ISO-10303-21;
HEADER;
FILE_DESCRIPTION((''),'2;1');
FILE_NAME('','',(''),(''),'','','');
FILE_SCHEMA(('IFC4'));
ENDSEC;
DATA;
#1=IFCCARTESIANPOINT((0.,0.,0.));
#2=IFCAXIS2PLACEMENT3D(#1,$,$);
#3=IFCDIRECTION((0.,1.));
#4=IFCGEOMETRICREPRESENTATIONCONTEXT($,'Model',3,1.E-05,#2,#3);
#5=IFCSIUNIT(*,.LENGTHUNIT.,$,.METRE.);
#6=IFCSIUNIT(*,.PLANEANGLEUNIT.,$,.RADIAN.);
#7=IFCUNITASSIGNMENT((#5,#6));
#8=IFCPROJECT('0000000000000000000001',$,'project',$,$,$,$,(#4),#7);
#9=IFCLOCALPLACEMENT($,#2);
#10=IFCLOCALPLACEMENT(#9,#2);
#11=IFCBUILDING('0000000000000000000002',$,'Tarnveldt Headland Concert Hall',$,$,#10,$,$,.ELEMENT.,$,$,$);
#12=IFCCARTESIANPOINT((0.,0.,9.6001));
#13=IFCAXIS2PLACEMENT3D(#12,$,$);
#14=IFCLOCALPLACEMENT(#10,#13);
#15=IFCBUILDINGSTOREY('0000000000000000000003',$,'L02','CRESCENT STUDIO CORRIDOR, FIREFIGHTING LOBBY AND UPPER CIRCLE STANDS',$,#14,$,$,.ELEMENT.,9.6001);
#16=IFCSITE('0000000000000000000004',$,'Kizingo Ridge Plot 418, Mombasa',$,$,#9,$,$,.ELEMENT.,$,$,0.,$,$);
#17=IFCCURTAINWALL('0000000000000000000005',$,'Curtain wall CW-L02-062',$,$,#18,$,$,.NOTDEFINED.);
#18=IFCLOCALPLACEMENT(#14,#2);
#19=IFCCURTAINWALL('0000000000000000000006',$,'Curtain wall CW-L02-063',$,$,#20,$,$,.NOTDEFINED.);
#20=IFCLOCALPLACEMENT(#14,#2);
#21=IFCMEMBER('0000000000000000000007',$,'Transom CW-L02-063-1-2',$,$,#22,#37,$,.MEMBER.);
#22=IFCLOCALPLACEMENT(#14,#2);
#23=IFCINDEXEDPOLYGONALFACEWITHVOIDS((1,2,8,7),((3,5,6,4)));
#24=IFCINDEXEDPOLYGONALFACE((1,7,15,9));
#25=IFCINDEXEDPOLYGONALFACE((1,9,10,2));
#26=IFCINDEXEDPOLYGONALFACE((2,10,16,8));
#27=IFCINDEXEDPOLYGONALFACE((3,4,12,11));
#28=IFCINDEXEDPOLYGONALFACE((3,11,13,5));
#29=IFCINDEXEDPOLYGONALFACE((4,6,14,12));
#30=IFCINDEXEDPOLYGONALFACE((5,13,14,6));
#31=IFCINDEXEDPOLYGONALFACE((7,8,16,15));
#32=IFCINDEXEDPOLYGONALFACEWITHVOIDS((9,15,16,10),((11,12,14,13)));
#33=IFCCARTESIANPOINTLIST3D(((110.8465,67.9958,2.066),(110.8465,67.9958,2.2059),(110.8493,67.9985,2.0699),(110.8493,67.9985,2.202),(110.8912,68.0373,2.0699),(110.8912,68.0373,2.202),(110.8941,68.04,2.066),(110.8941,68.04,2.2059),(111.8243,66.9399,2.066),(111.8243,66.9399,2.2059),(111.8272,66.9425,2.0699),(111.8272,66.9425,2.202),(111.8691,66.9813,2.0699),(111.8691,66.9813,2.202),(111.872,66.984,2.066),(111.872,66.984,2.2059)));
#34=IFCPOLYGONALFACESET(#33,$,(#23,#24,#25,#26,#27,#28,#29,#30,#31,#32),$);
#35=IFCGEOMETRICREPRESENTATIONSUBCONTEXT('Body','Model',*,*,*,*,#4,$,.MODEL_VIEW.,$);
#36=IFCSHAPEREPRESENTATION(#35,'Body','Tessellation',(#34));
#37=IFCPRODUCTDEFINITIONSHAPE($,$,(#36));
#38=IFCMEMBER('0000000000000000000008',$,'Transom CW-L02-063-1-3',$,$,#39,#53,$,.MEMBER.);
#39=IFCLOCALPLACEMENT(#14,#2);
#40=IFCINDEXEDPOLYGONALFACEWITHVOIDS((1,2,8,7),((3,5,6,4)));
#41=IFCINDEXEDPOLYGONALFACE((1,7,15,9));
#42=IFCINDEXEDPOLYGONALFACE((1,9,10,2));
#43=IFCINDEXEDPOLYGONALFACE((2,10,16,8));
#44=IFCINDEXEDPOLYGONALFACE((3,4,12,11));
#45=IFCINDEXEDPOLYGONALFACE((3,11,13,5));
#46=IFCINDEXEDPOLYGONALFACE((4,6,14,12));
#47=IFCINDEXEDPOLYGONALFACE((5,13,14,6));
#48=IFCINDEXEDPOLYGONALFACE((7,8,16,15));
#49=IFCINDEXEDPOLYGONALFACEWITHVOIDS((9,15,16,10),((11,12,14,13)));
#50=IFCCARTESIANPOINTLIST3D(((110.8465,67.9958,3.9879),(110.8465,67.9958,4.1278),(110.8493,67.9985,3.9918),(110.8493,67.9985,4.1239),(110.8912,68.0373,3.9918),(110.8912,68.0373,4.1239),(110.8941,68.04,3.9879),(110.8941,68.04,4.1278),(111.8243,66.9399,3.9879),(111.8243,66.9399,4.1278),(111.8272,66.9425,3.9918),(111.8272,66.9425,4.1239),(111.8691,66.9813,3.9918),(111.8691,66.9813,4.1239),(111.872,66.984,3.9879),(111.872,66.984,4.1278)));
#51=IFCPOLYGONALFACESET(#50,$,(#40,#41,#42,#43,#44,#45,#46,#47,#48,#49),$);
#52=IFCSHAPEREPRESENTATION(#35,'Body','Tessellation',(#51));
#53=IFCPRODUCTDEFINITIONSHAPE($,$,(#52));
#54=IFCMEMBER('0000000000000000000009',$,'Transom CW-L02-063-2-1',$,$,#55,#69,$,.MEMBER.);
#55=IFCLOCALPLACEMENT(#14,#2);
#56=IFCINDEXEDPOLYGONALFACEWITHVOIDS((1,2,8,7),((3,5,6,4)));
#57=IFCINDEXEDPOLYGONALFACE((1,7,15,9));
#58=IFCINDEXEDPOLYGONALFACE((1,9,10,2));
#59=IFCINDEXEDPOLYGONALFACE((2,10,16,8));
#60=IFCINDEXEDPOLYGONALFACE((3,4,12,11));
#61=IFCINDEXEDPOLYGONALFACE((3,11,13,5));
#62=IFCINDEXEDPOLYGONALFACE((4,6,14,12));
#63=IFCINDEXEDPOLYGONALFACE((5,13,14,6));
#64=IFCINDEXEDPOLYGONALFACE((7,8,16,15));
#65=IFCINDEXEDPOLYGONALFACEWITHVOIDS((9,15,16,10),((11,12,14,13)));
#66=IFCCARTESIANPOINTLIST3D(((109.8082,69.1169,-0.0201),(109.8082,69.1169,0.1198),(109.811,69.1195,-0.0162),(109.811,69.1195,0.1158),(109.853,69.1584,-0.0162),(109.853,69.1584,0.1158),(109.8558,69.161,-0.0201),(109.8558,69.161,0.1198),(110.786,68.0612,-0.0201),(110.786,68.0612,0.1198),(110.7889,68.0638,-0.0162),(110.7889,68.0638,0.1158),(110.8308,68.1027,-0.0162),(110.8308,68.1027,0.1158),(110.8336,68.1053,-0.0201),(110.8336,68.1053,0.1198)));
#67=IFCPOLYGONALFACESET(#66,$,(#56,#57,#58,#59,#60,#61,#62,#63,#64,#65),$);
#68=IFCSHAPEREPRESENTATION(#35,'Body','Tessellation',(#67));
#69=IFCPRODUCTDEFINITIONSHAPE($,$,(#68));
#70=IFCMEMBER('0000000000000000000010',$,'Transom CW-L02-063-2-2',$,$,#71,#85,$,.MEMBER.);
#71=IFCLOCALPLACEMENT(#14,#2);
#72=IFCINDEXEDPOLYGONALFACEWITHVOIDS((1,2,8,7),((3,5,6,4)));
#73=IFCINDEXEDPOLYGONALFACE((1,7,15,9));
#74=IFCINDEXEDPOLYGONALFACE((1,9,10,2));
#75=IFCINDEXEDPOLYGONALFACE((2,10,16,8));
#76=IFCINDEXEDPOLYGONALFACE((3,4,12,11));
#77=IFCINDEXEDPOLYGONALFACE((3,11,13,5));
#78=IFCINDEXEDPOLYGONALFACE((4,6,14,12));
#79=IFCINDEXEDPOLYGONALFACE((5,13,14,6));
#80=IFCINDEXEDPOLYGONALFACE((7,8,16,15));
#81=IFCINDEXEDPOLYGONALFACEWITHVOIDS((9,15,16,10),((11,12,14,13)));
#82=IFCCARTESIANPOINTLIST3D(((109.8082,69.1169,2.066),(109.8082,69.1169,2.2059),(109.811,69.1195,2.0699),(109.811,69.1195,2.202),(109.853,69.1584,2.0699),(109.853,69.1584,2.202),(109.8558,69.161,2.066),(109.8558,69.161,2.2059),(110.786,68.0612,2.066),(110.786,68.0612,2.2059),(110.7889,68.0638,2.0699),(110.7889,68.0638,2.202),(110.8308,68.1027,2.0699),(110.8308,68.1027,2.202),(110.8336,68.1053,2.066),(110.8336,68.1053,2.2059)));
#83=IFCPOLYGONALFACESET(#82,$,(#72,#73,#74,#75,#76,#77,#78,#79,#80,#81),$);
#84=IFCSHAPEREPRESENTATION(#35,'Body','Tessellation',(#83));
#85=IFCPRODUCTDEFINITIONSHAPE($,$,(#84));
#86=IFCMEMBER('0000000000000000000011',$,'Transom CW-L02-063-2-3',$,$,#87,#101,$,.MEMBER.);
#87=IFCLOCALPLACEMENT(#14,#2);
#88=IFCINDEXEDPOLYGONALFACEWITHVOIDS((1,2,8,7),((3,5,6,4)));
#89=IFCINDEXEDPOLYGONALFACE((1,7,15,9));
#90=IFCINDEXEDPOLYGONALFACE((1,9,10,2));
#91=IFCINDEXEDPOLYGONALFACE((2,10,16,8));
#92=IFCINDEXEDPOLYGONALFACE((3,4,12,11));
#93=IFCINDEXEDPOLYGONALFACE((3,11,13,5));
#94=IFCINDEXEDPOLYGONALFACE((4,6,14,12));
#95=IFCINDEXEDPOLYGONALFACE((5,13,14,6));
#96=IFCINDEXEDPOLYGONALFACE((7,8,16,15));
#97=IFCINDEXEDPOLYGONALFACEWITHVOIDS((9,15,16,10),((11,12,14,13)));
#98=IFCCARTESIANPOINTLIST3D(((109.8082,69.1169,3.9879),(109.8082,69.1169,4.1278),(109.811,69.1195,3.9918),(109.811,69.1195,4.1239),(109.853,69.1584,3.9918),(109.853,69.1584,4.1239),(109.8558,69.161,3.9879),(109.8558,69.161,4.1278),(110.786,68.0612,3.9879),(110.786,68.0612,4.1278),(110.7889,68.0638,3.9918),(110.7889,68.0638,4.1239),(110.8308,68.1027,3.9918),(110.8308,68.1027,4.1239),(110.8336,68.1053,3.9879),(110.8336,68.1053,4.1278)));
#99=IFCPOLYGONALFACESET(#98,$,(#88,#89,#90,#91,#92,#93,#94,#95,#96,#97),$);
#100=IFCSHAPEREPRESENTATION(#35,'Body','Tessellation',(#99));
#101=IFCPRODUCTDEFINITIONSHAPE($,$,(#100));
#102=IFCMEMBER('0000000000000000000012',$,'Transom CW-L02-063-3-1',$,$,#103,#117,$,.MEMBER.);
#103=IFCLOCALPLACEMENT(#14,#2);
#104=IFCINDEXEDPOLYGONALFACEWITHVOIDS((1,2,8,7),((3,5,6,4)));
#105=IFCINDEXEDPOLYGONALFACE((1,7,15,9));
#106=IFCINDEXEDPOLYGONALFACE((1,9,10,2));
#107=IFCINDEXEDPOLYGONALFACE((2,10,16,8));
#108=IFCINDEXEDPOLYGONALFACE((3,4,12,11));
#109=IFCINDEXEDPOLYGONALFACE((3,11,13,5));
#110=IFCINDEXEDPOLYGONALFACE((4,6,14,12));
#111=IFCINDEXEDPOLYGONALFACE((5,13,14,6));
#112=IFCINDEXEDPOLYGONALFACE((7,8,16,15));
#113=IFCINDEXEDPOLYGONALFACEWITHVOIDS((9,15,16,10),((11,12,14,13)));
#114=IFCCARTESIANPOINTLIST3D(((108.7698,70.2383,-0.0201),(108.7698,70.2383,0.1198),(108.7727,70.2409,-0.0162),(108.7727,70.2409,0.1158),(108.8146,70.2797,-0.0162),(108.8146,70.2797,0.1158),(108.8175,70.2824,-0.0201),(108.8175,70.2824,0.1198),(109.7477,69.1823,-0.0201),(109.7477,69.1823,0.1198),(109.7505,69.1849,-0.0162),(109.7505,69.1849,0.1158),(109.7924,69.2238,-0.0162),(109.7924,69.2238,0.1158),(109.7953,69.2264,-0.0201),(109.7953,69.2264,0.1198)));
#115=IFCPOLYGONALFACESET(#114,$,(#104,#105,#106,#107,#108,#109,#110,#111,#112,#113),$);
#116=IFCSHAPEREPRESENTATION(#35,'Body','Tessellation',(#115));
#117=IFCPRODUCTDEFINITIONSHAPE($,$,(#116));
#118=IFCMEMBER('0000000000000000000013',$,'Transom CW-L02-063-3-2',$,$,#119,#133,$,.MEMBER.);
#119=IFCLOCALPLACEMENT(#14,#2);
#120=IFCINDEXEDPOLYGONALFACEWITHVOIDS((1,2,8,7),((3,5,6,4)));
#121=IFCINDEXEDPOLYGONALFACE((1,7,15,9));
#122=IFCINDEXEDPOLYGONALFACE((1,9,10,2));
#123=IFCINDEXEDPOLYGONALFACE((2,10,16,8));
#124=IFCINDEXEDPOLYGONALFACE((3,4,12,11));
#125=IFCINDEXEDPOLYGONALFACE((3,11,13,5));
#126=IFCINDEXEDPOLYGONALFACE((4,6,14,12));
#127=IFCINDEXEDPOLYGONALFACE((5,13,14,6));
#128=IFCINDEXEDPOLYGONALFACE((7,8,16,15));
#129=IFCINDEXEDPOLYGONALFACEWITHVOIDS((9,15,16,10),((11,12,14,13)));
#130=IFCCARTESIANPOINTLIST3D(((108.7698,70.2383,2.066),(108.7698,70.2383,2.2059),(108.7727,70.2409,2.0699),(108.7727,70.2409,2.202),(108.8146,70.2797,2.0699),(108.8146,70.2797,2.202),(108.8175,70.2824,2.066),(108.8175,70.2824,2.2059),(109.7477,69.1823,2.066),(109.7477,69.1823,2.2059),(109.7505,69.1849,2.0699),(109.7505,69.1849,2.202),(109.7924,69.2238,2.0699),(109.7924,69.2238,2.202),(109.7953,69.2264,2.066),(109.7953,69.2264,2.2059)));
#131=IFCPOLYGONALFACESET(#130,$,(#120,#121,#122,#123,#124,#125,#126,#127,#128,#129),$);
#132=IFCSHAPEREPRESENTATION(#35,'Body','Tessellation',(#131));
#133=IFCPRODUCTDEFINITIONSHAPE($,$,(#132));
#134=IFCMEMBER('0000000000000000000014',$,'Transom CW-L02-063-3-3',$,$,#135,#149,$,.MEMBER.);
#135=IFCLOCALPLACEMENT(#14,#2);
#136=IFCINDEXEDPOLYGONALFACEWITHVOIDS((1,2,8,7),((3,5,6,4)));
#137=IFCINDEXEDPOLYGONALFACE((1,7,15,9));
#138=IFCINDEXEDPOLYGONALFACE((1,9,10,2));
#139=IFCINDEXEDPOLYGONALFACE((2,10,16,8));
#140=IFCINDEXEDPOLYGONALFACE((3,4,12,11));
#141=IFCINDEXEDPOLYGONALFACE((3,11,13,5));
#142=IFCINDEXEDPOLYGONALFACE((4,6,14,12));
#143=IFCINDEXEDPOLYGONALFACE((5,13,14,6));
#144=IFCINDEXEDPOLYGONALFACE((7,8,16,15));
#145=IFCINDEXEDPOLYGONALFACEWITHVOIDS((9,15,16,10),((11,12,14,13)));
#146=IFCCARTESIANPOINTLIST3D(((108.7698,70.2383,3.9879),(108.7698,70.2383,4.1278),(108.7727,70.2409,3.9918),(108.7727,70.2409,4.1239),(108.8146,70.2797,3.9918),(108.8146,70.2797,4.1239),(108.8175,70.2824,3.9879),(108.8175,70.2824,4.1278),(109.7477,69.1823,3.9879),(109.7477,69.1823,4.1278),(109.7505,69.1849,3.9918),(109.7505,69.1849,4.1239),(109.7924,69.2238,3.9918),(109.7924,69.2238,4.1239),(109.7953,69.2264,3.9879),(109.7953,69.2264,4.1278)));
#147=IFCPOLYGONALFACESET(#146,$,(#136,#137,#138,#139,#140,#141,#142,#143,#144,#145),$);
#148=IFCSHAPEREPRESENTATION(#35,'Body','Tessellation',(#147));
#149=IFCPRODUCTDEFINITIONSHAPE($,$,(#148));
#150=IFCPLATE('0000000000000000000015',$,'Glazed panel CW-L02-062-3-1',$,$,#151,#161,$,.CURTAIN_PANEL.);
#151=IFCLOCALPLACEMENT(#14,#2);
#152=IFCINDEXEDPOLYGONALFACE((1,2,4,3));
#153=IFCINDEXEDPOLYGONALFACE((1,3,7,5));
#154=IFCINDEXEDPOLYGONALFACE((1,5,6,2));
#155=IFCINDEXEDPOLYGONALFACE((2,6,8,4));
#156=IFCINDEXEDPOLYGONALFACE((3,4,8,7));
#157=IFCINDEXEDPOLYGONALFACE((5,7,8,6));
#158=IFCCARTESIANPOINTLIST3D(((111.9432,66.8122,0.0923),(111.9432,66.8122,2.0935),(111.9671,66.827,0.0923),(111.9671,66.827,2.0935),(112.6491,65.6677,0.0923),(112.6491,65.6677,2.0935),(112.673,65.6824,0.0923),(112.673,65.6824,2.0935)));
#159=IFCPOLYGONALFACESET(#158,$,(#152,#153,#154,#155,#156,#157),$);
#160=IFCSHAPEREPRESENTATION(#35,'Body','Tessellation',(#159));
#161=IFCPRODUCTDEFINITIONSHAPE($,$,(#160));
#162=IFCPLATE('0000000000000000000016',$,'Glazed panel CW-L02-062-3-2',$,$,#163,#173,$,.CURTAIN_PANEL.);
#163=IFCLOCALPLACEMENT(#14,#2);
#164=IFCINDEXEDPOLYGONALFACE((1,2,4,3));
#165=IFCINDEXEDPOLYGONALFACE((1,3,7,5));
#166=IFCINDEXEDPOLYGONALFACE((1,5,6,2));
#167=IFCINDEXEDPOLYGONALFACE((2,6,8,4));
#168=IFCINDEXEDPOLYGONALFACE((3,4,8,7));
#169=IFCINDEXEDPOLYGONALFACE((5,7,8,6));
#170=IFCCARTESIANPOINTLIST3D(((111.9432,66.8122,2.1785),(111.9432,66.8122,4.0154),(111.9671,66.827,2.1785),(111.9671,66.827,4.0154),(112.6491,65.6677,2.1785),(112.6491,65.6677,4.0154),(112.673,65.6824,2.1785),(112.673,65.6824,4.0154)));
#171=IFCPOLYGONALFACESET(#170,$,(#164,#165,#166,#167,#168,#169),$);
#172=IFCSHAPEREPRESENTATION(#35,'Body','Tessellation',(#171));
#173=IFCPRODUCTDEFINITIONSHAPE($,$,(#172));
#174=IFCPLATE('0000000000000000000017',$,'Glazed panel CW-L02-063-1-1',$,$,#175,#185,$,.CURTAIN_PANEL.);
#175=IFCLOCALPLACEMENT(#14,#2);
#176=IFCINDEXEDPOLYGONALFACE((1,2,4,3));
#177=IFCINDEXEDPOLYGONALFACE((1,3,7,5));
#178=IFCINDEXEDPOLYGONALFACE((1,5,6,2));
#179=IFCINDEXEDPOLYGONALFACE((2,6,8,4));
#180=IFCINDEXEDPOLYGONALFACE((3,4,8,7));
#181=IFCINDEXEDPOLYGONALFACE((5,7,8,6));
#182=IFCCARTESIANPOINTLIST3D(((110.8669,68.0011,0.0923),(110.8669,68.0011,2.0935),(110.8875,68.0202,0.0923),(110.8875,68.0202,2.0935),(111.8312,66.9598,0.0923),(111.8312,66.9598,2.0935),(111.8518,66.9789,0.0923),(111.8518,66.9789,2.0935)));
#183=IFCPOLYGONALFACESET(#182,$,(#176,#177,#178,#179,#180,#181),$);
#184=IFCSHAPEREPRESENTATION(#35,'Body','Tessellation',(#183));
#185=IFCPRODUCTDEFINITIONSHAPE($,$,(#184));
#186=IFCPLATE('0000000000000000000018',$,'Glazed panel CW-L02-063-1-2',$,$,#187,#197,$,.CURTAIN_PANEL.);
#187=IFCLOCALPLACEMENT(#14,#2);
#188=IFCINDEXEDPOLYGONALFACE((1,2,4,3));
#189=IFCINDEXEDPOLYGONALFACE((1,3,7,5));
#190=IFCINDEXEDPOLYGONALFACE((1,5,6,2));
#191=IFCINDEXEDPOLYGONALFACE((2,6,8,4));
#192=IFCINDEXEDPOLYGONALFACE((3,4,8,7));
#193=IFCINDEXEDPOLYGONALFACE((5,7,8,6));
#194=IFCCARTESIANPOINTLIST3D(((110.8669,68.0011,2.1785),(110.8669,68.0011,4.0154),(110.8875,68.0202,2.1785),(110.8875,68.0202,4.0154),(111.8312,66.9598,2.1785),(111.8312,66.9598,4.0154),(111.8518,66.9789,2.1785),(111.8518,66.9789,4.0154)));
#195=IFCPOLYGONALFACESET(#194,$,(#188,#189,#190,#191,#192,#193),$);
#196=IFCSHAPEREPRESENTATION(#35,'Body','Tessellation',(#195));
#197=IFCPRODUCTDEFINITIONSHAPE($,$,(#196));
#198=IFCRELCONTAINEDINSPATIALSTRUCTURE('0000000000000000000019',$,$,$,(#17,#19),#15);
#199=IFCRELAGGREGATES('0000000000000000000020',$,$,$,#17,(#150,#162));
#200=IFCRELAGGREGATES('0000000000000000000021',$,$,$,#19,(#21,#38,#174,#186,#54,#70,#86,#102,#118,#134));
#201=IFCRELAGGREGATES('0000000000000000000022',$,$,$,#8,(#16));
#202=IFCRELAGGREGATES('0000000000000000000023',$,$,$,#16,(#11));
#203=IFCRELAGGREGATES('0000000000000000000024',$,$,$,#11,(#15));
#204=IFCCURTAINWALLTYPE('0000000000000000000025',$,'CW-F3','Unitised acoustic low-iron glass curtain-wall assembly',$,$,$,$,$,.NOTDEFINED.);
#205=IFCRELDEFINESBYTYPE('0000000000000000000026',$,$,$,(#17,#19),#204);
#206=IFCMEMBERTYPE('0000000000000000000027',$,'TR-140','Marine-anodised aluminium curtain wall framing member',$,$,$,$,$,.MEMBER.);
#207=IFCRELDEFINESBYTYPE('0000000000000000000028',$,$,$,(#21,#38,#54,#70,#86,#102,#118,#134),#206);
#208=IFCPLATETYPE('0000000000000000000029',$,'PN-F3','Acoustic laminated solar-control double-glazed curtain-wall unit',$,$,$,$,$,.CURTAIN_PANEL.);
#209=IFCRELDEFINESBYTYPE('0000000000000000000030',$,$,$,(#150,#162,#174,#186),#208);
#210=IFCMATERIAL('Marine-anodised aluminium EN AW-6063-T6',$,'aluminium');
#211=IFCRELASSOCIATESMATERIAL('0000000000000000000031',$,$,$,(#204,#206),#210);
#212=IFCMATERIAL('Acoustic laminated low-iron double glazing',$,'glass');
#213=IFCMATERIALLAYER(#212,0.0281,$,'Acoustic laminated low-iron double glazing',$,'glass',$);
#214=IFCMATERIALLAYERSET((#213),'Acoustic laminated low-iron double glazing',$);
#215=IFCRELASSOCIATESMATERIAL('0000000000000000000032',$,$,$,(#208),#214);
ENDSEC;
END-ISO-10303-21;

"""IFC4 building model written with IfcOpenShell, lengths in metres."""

from ifc_helpers import new_model, si_unit, direction, frame, origin, origin_2d, place, context, subcontext, project, spatial, rectangle, hollow_rectangle, extrude, material, layer, layer_set, material_profile, profile_set, type_object, element, aggregate, save


model = new_model("IFC4")

# Units and contexts
model_context = context("Model", 3, precision=1e-05, world=origin(), true_north=direction((0.0, 1.0)))
body_context = subcontext(model_context, "Body", "Model", "MODEL_VIEW")
ifc_project = project(units=[si_unit("LENGTHUNIT", "METRE"), si_unit("PLANEANGLEUNIT", "RADIAN")], contexts=[model_context])

# Site, building, storey
site_placement = place(None, origin())
site = spatial("IfcSite", under=ifc_project, at=site_placement, Name="Kizingo Ridge Plot 418, Mombasa", CompositionType="ELEMENT", RefElevation=0.0)
building_placement = place(site_placement, origin())
building = spatial("IfcBuilding", under=site, at=building_placement, Name="Tarnveldt Headland Concert Hall", CompositionType="ELEMENT")
storey_placement = place(building_placement, frame((0.0, 0.0, 9.6001)))
storey = spatial("IfcBuildingStorey", under=building, at=storey_placement, Name="L02", Description="CRESCENT STUDIO CORRIDOR, FIREFIGHTING LOBBY AND UPPER CIRCLE STANDS", CompositionType="ELEMENT", Elevation=9.6001)

# Curtain wall
ifc_material_1 = material(Name="Marine-anodised aluminium EN AW-6063-T6", Category="aluminium")
curtain_wall_type = type_object("IfcCurtainWallType", Name="CW-F3", Description="Unitised acoustic low-iron glass curtain-wall assembly", PredefinedType="NOTDEFINED", material=ifc_material_1)
curtain_wall_1_placement = place(storey_placement, origin())
curtain_wall_1 = element("IfcCurtainWall", 1, at=curtain_wall_1_placement, inside=storey, type_object=curtain_wall_type, Name="Curtain wall CW-L02-062", PredefinedType="NOTDEFINED")

# Curtain wall
curtain_wall_2_placement = place(storey_placement, origin())
curtain_wall_2 = element("IfcCurtainWall", 2, at=curtain_wall_2_placement, inside=storey, type_object=curtain_wall_type, Name="Curtain wall CW-L02-063", PredefinedType="NOTDEFINED")

# Members
ifc_material_profile_1 = material_profile(ifc_material_1, hollow_rectangle(XDim=0.0649, YDim=0.1399, WallThickness=0.0039, at=origin_2d()), Name="ALU TRANSOM 65x140x4", Category="aluminium")
ifc_profile_set_1 = profile_set([ifc_material_profile_1], Name="Marine-anodised aluminium EN AW-6063-T6")
member_type_1 = type_object("IfcMemberType", Name="TR-140", Description="Marine-anodised aluminium curtain wall framing member", PredefinedType="MEMBER", material=ifc_profile_set_1)
member_1_placement = place(storey_placement, frame((111.8481, 66.9619, 2.136), z_axis=(-0.679442, 0.733729, 0.0), x_axis=(-0.733729, -0.679442, 0.0)))
member_1 = element("IfcMember", 3, at=member_1_placement, type_object=member_type_1, Name="Transom CW-L02-063-1-2", PredefinedType="MEMBER", context=body_context, shape_type="SweptSolid", body=[
    extrude(hollow_rectangle(XDim=0.0649, YDim=0.1399, WallThickness=0.0039, at=origin_2d()), origin(), (0.0, 0.0, 1.0), 1.4392),
])
member_2_placement = place(storey_placement, frame((111.8481, 66.9619, 4.0579), z_axis=(-0.679442, 0.733729, 0.0), x_axis=(-0.733729, -0.679442, 0.0)))
member_2 = element("IfcMember", 4, at=member_2_placement, type_object=member_type_1, Name="Transom CW-L02-063-1-3", PredefinedType="MEMBER", context=body_context, shape_type="SweptSolid", body=[
    extrude(hollow_rectangle(XDim=0.0649, YDim=0.1399, WallThickness=0.0039, at=origin_2d()), origin(), (0.0, 0.0, 1.0), 1.4392),
])
member_3_placement = place(storey_placement, frame((110.8098, 68.0833, 0.0498), z_axis=(-0.679526, 0.733651, 0.0), x_axis=(-0.733651, -0.679526, 0.0)))
member_3 = element("IfcMember", 5, at=member_3_placement, type_object=member_type_1, Name="Transom CW-L02-063-2-1", PredefinedType="MEMBER", context=body_context, shape_type="SweptSolid", body=[
    extrude(hollow_rectangle(XDim=0.0649, YDim=0.1399, WallThickness=0.0039, at=origin_2d()), origin(), (0.0, 0.0, 1.0), 1.439),
])
member_4_placement = place(storey_placement, frame((110.8098, 68.0833, 2.136), z_axis=(-0.679526, 0.733651, 0.0), x_axis=(-0.733651, -0.679526, 0.0)))
member_4 = element("IfcMember", 6, at=member_4_placement, type_object=member_type_1, Name="Transom CW-L02-063-2-2", PredefinedType="MEMBER", context=body_context, shape_type="SweptSolid", body=[
    extrude(hollow_rectangle(XDim=0.0649, YDim=0.1399, WallThickness=0.0039, at=origin_2d()), origin(), (0.0, 0.0, 1.0), 1.439),
])
member_5_placement = place(storey_placement, frame((110.8098, 68.0833, 4.0579), z_axis=(-0.679526, 0.733651, 0.0), x_axis=(-0.733651, -0.679526, 0.0)))
member_5 = element("IfcMember", 7, at=member_5_placement, type_object=member_type_1, Name="Transom CW-L02-063-2-3", PredefinedType="MEMBER", context=body_context, shape_type="SweptSolid", body=[
    extrude(hollow_rectangle(XDim=0.0649, YDim=0.1399, WallThickness=0.0039, at=origin_2d()), origin(), (0.0, 0.0, 1.0), 1.439),
])
member_6_placement = place(storey_placement, frame((109.7715, 69.2043, 0.0498), z_axis=(-0.679442, 0.733729, 0.0), x_axis=(-0.733729, -0.679442, 0.0)))
member_6 = element("IfcMember", 8, at=member_6_placement, type_object=member_type_1, Name="Transom CW-L02-063-3-1", PredefinedType="MEMBER", context=body_context, shape_type="SweptSolid", body=[
    extrude(hollow_rectangle(XDim=0.0649, YDim=0.1399, WallThickness=0.0039, at=origin_2d()), origin(), (0.0, 0.0, 1.0), 1.4392),
])
member_7_placement = place(storey_placement, frame((109.7715, 69.2043, 2.136), z_axis=(-0.679442, 0.733729, 0.0), x_axis=(-0.733729, -0.679442, 0.0)))
member_7 = element("IfcMember", 9, at=member_7_placement, type_object=member_type_1, Name="Transom CW-L02-063-3-2", PredefinedType="MEMBER", context=body_context, shape_type="SweptSolid", body=[
    extrude(hollow_rectangle(XDim=0.0649, YDim=0.1399, WallThickness=0.0039, at=origin_2d()), origin(), (0.0, 0.0, 1.0), 1.4392),
])
member_8_placement = place(storey_placement, frame((109.7715, 69.2043, 4.0579), z_axis=(-0.679442, 0.733729, 0.0), x_axis=(-0.733729, -0.679442, 0.0)))
member_8 = element("IfcMember", 10, at=member_8_placement, type_object=member_type_1, Name="Transom CW-L02-063-3-3", PredefinedType="MEMBER", context=body_context, shape_type="SweptSolid", body=[
    extrude(hollow_rectangle(XDim=0.0649, YDim=0.1399, WallThickness=0.0039, at=origin_2d()), origin(), (0.0, 0.0, 1.0), 1.4392),
])

# Plates
ifc_material_2 = material(Name="Acoustic laminated low-iron double glazing", Category="glass")
ifc_layer_1 = layer(ifc_material_2, 0.0281, Name="Acoustic laminated low-iron double glazing", Category="glass")
ifc_layer_set_1 = layer_set([ifc_layer_1], Name="Acoustic laminated low-iron double glazing")
plate_type = type_object("IfcPlateType", Name="PN-F3", Description="Acoustic laminated solar-control double-glazed curtain-wall unit", PredefinedType="CURTAIN_PANEL", material=ifc_layer_set_1)
plate_1_placement = place(storey_placement, frame((112.3081, 66.2473, 0.0923), z_axis=(0.0, 0.0, 1.0), x_axis=(-0.524922, 0.85115, 0.0)))
plate_1 = element("IfcPlate", 11, at=plate_1_placement, type_object=plate_type, Name="Glazed panel CW-L02-062-3-1", PredefinedType="CURTAIN_PANEL", context=body_context, shape_type="SweptSolid", body=[
    extrude(rectangle(XDim=1.3447, YDim=0.0281, at=origin_2d()), origin(), (0.0, 0.0, 1.0), 2.0012),
])
plate_2_placement = place(storey_placement, frame((112.3081, 66.2473, 2.1785), z_axis=(0.0, 0.0, 1.0), x_axis=(-0.524922, 0.85115, 0.0)))
plate_2 = element("IfcPlate", 12, at=plate_2_placement, type_object=plate_type, Name="Glazed panel CW-L02-062-3-2", PredefinedType="CURTAIN_PANEL", context=body_context, shape_type="SweptSolid", body=[
    extrude(rectangle(XDim=1.3447, YDim=0.0281, at=origin_2d()), origin(), (0.0, 0.0, 1.0), 1.8369),
])
aggregate(curtain_wall_1, [plate_1, plate_2])
plate_3_placement = place(storey_placement, frame((111.3594, 67.49, 0.0923), z_axis=(0.0, 0.0, 1.0), x_axis=(-0.679467, 0.733706, 0.0)))
plate_3 = element("IfcPlate", 13, at=plate_3_placement, type_object=plate_type, Name="Glazed panel CW-L02-063-1-1", PredefinedType="CURTAIN_PANEL", context=body_context, shape_type="SweptSolid", body=[
    extrude(rectangle(XDim=1.4192, YDim=0.0281, at=origin_2d()), origin(), (0.0, 0.0, 1.0), 2.0012),
])
plate_4_placement = place(storey_placement, frame((111.3594, 67.49, 2.1785), z_axis=(0.0, 0.0, 1.0), x_axis=(-0.679467, 0.733706, 0.0)))
plate_4 = element("IfcPlate", 14, at=plate_4_placement, type_object=plate_type, Name="Glazed panel CW-L02-063-1-2", PredefinedType="CURTAIN_PANEL", context=body_context, shape_type="SweptSolid", body=[
    extrude(rectangle(XDim=1.4192, YDim=0.0281, at=origin_2d()), origin(), (0.0, 0.0, 1.0), 1.8369),
])
aggregate(curtain_wall_2, [member_1, member_2, plate_3, plate_4, member_3, member_4, member_5, member_6, member_7, member_8])

save(model, "model.ifc")
